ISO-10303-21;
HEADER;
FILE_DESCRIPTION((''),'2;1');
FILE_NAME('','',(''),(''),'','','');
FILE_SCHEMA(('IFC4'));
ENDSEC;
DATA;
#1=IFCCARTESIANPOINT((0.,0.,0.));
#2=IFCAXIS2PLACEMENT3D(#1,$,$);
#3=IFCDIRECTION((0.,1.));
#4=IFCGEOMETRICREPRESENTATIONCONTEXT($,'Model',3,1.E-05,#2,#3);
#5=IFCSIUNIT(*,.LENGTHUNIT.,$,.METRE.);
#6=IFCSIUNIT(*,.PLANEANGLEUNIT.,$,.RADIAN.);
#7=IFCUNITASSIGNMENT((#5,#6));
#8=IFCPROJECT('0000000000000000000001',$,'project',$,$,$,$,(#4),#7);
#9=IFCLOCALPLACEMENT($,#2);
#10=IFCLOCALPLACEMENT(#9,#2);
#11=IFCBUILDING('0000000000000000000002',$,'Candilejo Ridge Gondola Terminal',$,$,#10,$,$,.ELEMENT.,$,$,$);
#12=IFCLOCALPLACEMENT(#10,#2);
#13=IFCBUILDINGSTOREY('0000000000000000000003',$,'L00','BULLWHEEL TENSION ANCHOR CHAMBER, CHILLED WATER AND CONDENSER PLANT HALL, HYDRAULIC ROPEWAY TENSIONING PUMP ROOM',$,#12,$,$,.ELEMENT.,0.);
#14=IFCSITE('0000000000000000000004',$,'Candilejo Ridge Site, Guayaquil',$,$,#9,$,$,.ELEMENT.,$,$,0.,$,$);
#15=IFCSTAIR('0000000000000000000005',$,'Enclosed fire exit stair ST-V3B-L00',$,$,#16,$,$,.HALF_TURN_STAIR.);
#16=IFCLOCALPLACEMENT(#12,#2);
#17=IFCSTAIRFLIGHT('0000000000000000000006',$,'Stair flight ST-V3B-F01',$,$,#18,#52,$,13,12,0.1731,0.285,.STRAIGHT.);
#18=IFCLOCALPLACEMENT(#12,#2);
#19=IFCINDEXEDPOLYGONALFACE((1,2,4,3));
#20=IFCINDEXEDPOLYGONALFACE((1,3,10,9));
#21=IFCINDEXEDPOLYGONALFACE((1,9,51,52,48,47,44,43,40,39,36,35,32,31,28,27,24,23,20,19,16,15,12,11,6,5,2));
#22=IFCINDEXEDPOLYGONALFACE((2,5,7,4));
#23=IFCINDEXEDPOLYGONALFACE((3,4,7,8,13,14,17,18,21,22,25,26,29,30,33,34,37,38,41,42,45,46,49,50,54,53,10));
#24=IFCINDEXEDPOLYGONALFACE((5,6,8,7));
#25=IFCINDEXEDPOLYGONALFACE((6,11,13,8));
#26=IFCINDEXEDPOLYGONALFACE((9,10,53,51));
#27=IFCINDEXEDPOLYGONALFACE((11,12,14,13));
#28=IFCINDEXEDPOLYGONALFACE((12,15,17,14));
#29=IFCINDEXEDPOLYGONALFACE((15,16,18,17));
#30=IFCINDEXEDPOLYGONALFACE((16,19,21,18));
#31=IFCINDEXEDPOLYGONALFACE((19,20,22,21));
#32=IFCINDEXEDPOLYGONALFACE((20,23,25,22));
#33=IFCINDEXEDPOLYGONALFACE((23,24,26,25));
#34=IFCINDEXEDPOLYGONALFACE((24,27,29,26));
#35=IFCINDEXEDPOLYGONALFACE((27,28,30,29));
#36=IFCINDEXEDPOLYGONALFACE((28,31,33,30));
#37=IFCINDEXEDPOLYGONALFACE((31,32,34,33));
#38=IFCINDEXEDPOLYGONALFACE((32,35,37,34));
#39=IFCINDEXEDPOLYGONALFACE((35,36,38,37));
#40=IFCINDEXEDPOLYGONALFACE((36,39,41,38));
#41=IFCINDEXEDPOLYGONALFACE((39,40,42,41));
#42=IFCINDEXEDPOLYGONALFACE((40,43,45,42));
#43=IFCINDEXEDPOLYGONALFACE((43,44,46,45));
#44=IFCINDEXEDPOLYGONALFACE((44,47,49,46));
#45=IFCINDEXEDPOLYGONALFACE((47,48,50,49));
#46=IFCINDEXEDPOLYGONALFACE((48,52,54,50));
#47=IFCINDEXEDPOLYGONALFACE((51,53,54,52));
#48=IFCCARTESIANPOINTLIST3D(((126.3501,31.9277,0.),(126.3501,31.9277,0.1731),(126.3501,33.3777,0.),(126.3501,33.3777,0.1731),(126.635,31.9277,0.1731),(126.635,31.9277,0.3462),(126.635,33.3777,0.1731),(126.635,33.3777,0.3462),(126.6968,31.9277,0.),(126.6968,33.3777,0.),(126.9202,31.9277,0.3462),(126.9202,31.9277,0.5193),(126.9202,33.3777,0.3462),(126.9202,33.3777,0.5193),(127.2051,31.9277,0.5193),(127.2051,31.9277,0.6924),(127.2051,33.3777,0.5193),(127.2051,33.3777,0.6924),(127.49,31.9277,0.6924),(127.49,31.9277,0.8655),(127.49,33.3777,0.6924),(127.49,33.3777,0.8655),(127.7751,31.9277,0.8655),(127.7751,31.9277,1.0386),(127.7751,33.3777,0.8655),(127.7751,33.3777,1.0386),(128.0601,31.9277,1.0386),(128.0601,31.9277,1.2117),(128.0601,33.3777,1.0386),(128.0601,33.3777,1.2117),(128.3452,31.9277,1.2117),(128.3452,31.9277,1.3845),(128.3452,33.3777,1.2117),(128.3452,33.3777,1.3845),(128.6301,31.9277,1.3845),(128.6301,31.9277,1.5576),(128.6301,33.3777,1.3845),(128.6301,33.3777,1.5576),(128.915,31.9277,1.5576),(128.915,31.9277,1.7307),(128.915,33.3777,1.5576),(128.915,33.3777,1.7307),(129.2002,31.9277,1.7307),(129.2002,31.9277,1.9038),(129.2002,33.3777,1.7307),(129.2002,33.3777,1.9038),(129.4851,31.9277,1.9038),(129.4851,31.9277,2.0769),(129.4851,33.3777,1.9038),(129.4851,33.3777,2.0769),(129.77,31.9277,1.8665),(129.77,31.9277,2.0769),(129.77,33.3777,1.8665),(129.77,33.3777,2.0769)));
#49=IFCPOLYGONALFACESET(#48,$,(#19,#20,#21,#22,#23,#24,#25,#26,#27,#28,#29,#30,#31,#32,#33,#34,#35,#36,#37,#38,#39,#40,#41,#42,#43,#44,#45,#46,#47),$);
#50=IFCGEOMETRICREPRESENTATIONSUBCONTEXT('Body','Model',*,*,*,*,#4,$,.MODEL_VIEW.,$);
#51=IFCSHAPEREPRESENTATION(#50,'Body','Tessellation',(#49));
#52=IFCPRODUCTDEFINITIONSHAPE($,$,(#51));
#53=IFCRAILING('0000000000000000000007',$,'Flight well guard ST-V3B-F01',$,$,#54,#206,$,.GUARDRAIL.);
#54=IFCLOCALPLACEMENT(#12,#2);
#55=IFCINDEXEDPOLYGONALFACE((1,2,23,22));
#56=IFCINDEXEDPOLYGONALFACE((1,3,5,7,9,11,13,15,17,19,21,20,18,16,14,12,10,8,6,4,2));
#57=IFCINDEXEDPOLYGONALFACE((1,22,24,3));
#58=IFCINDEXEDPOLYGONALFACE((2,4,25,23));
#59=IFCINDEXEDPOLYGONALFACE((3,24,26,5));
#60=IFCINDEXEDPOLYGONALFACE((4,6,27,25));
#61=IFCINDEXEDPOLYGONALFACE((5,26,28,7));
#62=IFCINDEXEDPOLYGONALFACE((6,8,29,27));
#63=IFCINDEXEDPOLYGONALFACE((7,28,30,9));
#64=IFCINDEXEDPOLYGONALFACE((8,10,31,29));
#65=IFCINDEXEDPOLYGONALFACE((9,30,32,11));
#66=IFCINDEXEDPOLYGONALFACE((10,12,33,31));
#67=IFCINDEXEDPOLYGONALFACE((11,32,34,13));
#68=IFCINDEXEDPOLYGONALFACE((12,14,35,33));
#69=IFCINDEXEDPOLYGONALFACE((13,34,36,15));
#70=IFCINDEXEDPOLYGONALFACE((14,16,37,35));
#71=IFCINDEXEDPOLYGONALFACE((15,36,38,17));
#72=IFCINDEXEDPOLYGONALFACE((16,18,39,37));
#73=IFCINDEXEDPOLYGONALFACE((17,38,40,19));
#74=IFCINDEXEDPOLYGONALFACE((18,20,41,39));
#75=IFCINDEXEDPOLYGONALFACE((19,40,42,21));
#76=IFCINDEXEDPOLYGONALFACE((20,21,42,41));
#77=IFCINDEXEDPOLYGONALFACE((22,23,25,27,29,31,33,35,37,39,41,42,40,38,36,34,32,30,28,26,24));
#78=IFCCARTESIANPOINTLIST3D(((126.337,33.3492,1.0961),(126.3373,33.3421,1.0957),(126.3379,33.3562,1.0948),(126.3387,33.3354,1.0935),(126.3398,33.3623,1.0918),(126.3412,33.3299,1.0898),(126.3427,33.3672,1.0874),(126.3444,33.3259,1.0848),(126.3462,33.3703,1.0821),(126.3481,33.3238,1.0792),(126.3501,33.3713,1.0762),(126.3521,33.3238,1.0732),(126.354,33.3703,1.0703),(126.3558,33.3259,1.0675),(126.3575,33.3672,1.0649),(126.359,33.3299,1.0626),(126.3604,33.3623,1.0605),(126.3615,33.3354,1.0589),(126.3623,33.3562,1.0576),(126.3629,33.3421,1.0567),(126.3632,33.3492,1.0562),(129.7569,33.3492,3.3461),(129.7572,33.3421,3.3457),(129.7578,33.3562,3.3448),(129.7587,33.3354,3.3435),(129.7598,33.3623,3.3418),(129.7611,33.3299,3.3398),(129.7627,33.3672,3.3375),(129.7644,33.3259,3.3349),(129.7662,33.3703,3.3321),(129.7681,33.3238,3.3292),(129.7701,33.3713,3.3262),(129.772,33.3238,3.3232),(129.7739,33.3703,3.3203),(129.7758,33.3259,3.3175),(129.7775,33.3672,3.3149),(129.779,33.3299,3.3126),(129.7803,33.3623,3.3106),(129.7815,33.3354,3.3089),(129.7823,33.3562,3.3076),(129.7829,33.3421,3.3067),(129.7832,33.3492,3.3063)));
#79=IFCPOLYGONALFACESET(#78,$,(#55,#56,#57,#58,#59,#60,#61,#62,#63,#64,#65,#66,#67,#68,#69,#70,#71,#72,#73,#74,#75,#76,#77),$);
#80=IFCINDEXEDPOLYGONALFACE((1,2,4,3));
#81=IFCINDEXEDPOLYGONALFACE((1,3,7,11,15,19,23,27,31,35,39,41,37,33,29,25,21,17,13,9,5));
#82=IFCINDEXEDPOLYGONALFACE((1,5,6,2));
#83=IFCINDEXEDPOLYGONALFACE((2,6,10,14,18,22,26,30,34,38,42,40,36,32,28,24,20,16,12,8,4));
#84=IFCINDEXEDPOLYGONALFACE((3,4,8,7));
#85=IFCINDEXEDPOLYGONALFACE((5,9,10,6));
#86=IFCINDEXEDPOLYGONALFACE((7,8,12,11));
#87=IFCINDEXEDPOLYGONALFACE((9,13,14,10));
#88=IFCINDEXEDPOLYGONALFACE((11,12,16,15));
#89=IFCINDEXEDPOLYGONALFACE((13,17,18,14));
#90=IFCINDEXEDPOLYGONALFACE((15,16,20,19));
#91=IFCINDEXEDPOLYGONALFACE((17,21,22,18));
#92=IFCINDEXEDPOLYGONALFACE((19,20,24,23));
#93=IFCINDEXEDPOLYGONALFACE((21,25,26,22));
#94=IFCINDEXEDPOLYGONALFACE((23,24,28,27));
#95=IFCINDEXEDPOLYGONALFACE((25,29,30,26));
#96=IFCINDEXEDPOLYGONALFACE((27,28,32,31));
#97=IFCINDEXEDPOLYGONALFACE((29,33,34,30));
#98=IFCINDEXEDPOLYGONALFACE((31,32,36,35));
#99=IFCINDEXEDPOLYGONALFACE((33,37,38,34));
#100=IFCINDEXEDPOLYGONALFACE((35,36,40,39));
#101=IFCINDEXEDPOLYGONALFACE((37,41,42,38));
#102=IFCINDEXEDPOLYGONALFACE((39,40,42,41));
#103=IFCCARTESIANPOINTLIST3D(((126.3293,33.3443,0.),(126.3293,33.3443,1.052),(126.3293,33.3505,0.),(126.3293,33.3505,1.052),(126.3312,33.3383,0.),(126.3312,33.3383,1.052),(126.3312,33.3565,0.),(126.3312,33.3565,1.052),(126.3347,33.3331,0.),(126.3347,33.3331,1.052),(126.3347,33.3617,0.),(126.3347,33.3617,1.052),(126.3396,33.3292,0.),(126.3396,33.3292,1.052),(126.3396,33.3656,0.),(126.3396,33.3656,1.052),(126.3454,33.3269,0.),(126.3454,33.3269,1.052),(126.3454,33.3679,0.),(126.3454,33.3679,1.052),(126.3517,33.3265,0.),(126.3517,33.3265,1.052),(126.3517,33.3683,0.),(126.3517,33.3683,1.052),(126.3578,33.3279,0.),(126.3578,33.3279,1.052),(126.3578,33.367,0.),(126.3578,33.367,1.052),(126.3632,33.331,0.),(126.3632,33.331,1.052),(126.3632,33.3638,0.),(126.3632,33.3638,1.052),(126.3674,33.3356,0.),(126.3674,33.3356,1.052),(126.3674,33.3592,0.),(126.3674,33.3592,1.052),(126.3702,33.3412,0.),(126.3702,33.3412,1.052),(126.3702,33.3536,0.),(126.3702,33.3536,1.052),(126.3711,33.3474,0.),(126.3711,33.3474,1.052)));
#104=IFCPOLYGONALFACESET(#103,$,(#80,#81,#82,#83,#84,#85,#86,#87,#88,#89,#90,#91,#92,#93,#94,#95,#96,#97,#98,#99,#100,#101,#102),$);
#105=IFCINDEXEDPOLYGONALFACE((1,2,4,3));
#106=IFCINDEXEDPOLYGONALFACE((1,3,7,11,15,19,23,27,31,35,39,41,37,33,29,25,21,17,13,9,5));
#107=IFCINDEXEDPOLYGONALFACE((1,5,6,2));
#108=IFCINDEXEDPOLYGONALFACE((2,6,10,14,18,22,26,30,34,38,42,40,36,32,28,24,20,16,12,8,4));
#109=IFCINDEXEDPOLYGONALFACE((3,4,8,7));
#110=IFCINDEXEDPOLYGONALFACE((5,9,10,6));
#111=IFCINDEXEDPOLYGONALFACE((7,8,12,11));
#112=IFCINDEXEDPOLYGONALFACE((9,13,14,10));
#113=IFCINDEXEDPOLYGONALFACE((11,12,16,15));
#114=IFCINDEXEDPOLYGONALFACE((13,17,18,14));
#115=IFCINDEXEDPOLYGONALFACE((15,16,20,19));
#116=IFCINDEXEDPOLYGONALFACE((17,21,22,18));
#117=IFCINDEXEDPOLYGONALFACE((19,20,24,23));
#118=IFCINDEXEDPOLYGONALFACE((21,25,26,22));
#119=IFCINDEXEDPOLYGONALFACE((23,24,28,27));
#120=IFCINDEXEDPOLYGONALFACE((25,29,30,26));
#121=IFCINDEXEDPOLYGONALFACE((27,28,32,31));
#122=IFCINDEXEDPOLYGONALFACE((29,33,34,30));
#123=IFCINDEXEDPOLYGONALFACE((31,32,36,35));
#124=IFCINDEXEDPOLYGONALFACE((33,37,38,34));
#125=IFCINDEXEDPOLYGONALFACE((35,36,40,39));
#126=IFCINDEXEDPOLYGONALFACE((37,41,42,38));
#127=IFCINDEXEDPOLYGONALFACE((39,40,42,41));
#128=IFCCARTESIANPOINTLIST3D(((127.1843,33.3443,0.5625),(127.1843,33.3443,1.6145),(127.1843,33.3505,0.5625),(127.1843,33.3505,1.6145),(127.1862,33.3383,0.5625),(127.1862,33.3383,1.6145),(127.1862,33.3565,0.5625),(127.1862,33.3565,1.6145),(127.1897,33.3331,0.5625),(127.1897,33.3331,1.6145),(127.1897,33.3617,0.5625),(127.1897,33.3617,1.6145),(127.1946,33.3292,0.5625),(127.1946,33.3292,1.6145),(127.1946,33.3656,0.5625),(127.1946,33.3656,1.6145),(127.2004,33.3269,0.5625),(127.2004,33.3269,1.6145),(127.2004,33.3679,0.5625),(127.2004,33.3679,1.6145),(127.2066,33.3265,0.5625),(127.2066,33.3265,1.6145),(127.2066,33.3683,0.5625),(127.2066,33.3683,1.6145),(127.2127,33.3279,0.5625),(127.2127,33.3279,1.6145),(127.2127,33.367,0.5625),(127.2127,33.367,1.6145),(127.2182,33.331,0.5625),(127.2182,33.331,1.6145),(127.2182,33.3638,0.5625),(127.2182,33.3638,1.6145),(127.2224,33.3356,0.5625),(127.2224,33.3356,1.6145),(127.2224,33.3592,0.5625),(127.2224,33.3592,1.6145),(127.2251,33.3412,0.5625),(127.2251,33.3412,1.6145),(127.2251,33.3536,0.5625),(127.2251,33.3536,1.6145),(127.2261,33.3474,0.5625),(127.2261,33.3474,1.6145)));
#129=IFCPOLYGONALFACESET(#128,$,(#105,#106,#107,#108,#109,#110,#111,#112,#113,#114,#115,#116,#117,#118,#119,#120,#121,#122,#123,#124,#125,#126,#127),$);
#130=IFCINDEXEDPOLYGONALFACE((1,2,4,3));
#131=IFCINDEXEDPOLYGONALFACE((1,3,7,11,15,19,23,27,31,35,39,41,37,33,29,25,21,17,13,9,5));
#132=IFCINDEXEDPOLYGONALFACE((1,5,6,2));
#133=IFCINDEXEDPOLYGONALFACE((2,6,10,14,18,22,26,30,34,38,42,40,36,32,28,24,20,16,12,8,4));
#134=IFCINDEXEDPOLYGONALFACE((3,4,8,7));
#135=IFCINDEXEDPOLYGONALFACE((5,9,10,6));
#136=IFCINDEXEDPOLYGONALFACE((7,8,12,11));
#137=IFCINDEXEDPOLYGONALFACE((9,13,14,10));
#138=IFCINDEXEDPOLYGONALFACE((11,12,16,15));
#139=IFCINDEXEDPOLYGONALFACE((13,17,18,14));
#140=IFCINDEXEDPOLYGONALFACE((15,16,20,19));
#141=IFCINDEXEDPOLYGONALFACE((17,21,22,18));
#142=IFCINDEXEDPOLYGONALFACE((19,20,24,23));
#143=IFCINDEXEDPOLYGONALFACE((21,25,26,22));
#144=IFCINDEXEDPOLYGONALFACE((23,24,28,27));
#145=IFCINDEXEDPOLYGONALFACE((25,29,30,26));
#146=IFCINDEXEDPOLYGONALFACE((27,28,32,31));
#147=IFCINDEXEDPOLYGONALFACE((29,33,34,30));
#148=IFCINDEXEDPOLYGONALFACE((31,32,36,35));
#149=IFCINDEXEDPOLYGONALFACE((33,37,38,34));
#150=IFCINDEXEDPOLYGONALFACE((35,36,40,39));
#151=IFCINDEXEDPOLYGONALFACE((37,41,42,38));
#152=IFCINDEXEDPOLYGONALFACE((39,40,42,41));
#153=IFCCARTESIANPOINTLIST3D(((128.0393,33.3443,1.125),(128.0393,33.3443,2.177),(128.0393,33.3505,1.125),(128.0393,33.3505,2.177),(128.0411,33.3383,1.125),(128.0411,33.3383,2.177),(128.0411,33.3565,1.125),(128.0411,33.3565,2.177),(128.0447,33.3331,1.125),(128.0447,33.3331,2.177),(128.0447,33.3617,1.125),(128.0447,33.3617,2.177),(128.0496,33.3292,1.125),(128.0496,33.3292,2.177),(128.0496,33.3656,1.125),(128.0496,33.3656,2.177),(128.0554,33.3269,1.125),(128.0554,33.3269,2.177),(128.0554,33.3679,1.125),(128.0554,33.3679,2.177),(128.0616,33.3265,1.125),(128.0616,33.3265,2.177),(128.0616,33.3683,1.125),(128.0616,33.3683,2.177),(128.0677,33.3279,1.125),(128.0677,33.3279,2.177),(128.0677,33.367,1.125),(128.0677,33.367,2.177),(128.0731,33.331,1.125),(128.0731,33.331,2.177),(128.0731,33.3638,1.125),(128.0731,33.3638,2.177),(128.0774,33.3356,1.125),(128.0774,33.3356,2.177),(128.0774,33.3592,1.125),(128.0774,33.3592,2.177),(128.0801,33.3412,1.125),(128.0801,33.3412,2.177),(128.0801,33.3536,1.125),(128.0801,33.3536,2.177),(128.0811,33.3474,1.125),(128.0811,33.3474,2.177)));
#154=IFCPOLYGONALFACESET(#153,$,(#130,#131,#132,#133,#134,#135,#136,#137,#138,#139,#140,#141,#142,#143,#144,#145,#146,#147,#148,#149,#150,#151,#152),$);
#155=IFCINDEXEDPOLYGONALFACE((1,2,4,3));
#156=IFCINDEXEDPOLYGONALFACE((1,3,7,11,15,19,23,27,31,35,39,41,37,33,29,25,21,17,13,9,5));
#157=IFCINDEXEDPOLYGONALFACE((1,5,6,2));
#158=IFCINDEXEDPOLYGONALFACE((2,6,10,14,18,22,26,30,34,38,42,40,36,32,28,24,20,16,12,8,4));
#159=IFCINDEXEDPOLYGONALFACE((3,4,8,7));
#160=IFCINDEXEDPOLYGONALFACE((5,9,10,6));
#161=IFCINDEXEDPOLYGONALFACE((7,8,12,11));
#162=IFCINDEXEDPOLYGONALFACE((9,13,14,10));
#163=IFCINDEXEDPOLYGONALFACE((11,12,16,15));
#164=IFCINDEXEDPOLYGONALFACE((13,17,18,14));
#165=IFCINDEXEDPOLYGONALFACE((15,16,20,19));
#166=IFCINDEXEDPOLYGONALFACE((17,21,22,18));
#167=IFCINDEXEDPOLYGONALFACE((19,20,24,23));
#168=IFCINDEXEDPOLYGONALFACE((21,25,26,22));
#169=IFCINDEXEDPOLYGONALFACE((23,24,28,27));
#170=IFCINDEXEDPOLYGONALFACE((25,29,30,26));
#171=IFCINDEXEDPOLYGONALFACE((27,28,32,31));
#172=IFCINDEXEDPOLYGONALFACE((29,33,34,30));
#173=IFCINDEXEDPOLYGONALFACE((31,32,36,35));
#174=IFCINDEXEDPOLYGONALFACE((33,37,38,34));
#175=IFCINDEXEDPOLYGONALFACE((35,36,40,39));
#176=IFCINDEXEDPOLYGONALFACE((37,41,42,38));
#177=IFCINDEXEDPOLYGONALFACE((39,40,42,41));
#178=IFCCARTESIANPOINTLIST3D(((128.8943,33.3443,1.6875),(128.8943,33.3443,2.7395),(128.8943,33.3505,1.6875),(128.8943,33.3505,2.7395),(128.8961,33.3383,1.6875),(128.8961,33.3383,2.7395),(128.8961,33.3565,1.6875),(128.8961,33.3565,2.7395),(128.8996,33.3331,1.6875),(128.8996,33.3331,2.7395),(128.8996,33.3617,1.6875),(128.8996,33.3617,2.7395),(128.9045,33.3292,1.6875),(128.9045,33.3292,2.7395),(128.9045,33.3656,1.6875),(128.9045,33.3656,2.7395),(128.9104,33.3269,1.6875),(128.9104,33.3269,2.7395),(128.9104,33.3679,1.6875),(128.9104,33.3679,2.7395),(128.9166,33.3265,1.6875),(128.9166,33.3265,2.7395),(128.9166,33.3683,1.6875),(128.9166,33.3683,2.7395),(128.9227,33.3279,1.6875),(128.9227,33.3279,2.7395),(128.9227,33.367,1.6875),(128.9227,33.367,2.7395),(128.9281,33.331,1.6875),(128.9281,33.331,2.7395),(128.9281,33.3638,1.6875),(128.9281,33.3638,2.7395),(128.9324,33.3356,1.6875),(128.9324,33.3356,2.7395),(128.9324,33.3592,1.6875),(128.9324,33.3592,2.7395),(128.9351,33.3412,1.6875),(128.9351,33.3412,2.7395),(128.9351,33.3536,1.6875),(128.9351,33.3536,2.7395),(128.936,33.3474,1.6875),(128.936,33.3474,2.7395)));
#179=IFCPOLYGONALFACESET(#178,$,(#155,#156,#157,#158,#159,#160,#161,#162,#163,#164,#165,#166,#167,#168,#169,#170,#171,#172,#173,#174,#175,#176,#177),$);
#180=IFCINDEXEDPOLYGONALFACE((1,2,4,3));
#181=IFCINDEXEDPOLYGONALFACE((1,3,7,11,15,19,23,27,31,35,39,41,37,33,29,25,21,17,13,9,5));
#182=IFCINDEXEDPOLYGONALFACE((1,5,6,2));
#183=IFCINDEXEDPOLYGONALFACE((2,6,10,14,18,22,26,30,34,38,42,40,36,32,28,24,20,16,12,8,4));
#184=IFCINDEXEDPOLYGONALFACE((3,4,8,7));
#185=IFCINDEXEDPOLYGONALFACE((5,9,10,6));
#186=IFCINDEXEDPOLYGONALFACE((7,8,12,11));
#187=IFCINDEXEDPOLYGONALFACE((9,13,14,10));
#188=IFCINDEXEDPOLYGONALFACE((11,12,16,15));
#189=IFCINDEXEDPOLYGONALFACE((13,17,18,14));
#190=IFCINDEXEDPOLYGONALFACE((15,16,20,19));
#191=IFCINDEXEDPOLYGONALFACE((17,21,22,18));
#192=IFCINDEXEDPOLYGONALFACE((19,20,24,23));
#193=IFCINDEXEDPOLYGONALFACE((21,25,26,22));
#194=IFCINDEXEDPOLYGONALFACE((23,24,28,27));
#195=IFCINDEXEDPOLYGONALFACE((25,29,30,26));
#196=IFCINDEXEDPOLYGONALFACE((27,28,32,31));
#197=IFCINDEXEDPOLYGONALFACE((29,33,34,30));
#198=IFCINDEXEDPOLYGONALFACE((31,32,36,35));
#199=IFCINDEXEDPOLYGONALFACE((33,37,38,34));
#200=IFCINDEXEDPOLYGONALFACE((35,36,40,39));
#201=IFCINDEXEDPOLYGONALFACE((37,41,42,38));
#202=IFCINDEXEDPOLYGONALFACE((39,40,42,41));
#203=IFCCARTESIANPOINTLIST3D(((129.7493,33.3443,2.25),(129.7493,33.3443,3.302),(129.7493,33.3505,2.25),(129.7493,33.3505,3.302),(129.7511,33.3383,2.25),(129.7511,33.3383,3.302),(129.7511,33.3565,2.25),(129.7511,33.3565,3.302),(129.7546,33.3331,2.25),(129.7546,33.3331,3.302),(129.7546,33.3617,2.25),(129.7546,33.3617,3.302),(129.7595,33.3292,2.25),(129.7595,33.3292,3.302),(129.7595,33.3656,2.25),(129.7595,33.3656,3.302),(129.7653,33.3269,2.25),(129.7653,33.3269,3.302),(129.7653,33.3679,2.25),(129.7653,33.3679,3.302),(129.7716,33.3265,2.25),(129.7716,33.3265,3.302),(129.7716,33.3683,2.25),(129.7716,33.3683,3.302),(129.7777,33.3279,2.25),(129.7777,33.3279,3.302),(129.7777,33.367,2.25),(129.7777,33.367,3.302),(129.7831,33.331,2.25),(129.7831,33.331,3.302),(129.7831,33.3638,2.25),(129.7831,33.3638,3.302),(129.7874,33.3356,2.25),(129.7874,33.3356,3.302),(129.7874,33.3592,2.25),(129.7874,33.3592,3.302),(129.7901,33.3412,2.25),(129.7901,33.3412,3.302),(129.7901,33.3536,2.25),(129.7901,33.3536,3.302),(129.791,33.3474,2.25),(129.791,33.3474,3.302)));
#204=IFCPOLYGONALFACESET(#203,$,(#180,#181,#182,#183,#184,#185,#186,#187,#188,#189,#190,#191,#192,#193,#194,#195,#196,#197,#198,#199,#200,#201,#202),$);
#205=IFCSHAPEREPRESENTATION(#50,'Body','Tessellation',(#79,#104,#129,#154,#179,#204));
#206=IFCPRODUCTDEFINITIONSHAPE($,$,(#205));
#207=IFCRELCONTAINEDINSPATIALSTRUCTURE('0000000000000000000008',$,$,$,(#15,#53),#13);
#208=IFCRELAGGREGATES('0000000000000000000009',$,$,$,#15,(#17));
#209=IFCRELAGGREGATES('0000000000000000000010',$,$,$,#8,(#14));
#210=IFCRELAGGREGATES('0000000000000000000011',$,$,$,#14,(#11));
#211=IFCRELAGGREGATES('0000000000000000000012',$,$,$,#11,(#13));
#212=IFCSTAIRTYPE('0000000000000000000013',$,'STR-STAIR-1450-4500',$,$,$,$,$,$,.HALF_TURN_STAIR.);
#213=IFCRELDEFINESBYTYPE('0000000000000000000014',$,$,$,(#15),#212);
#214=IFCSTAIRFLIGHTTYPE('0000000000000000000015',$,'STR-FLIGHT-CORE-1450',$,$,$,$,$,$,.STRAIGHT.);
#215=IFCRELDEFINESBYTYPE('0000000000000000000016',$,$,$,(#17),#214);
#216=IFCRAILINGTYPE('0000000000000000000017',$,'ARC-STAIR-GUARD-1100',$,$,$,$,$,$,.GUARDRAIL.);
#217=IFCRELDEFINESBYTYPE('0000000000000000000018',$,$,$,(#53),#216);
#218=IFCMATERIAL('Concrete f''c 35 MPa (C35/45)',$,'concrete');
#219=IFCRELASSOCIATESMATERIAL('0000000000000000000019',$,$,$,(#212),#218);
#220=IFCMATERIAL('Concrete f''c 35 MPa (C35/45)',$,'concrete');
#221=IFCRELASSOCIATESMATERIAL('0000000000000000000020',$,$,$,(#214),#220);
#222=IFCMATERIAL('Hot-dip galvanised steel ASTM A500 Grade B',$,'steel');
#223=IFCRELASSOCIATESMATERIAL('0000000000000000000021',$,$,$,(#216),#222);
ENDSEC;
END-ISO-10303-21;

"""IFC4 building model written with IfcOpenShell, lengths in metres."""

from ifc_helpers import new_model, si_unit, direction, frame, origin, origin_2d, place, context, subcontext, project, spatial, polyline, circle, outline, extrude, material, type_object, element, aggregate, save


model = new_model("IFC4")

# Units and contexts
model_context = context("Model", 3, precision=1e-05, world=origin(), true_north=direction((0.0, 1.0)))
body_context = subcontext(model_context, "Body", "Model", "MODEL_VIEW")
ifc_project = project(units=[si_unit("LENGTHUNIT", "METRE"), si_unit("PLANEANGLEUNIT", "RADIAN")], contexts=[model_context])

# Site, building, storey
site_placement = place(None, origin())
site = spatial("IfcSite", under=ifc_project, at=site_placement, Name="Candilejo Ridge Site, Guayaquil", CompositionType="ELEMENT", RefElevation=0.0)
building_placement = place(site_placement, origin())
building = spatial("IfcBuilding", under=site, at=building_placement, Name="Candilejo Ridge Gondola Terminal", CompositionType="ELEMENT")
storey_placement = place(building_placement, origin())
storey = spatial("IfcBuildingStorey", under=building, at=storey_placement, Name="L00", Description="BULLWHEEL TENSION ANCHOR CHAMBER, CHILLED WATER AND CONDENSER PLANT HALL, HYDRAULIC ROPEWAY TENSIONING PUMP ROOM", CompositionType="ELEMENT", Elevation=0.0)

# Stair, stair flight
ifc_material_1 = material(Name="Concrete f'c 35 MPa (C35/45)", Category="concrete")
stair_type = type_object("IfcStairType", Name="STR-STAIR-1450-4500", PredefinedType="HALF_TURN_STAIR", material=ifc_material_1)
stair_placement = place(storey_placement, origin())
stair = element("IfcStair", 1, at=stair_placement, inside=storey, type_object=stair_type, Name="Enclosed fire exit stair ST-V3B-L00", PredefinedType="HALF_TURN_STAIR")
ifc_material_2 = material(Name="Concrete f'c 35 MPa (C35/45)", Category="concrete")
stair_flight_type = type_object("IfcStairFlightType", Name="STR-FLIGHT-CORE-1450", PredefinedType="STRAIGHT", material=ifc_material_2)
stair_flight_placement = place(storey_placement, frame((126.3501, 32.6526, 0.0), z_axis=(0.0, 0.0, 1.0), x_axis=(1.0, 0.0, 0.0)))
stair_flight = element("IfcStairFlight", 2, at=stair_flight_placement, type_object=stair_flight_type, Name="Stair flight ST-V3B-F01", NumberOfRisers=13, NumberOfTreads=12, PredefinedType="STRAIGHT", RiserHeight=0.1731, TreadLength=0.285, context=body_context, shape_type="SweptSolid", body=[
    extrude(outline(polyline([(0.0, 0.0), (0.0, 0.1731), (0.2849, 0.1731), (0.2849, 0.3462), (0.5701, 0.3462), (0.5701, 0.5193), (0.855, 0.5193), (0.855, 0.6924), (1.1399, 0.6924), (1.1399, 0.8655), (1.425, 0.8655), (1.425, 1.0386), (1.71, 1.0386), (1.71, 1.2117), (1.9951, 1.2117), (1.9951, 1.3845), (2.28, 1.3845), (2.28, 1.5576), (2.5649, 1.5576), (2.5649, 1.7307), (2.8501, 1.7307), (2.8501, 1.9038), (3.135, 1.9038), (3.135, 2.0769), (3.4199, 2.0769), (3.4199, 2.25), (3.4199, 1.8665), (0.3467, 0.0), (0.0, 0.0)])), frame((0.0, 0.7251, 0.0), z_axis=(0.0, -1.0, 0.0), x_axis=(1.0, 0.0, 0.0)), (0.0, 0.0, 1.0), 1.45),
])
aggregate(stair, [stair_flight])

# Railing
ifc_material_3 = material(Name="Hot-dip galvanised steel ASTM A500 Grade B", Category="steel")
railing_type_1 = type_object("IfcRailingType", Name="ARC-STAIR-GUARD-1100", PredefinedType="GUARDRAIL", material=ifc_material_3)
railing_1_placement = place(storey_placement, frame((126.3501, 33.3474, 0.0)))
element("IfcRailing", 3, at=railing_1_placement, inside=storey, type_object=railing_type_1, Name="Flight well guard ST-V3B-F01", PredefinedType="GUARDRAIL", context=body_context, shape_type="SweptSolid", body=[
    extrude(circle(Radius=0.0239, at=origin_2d()), frame((0.0, 0.0, 1.0762), z_axis=(0.835411, 0.0, 0.549625), x_axis=(0.0, 1.0, 0.0)), (0.0, 0.0, 1.0), 4.0938),
    extrude(circle(Radius=0.021, at=origin_2d()), origin(), (0.0, 0.0, 1.0), 1.052),
    extrude(circle(Radius=0.021, at=origin_2d()), frame((0.855, 0.0, 0.5625)), (0.0, 0.0, 1.0), 1.052),
    extrude(circle(Radius=0.021, at=origin_2d()), frame((1.71, 0.0, 1.125)), (0.0, 0.0, 1.0), 1.052),
    extrude(circle(Radius=0.021, at=origin_2d()), frame((2.5649, 0.0, 1.6875)), (0.0, 0.0, 1.0), 1.052),
    extrude(circle(Radius=0.021, at=origin_2d()), frame((3.4199, 0.0, 2.25)), (0.0, 0.0, 1.0), 1.052),
])

save(model, "model.ifc")
